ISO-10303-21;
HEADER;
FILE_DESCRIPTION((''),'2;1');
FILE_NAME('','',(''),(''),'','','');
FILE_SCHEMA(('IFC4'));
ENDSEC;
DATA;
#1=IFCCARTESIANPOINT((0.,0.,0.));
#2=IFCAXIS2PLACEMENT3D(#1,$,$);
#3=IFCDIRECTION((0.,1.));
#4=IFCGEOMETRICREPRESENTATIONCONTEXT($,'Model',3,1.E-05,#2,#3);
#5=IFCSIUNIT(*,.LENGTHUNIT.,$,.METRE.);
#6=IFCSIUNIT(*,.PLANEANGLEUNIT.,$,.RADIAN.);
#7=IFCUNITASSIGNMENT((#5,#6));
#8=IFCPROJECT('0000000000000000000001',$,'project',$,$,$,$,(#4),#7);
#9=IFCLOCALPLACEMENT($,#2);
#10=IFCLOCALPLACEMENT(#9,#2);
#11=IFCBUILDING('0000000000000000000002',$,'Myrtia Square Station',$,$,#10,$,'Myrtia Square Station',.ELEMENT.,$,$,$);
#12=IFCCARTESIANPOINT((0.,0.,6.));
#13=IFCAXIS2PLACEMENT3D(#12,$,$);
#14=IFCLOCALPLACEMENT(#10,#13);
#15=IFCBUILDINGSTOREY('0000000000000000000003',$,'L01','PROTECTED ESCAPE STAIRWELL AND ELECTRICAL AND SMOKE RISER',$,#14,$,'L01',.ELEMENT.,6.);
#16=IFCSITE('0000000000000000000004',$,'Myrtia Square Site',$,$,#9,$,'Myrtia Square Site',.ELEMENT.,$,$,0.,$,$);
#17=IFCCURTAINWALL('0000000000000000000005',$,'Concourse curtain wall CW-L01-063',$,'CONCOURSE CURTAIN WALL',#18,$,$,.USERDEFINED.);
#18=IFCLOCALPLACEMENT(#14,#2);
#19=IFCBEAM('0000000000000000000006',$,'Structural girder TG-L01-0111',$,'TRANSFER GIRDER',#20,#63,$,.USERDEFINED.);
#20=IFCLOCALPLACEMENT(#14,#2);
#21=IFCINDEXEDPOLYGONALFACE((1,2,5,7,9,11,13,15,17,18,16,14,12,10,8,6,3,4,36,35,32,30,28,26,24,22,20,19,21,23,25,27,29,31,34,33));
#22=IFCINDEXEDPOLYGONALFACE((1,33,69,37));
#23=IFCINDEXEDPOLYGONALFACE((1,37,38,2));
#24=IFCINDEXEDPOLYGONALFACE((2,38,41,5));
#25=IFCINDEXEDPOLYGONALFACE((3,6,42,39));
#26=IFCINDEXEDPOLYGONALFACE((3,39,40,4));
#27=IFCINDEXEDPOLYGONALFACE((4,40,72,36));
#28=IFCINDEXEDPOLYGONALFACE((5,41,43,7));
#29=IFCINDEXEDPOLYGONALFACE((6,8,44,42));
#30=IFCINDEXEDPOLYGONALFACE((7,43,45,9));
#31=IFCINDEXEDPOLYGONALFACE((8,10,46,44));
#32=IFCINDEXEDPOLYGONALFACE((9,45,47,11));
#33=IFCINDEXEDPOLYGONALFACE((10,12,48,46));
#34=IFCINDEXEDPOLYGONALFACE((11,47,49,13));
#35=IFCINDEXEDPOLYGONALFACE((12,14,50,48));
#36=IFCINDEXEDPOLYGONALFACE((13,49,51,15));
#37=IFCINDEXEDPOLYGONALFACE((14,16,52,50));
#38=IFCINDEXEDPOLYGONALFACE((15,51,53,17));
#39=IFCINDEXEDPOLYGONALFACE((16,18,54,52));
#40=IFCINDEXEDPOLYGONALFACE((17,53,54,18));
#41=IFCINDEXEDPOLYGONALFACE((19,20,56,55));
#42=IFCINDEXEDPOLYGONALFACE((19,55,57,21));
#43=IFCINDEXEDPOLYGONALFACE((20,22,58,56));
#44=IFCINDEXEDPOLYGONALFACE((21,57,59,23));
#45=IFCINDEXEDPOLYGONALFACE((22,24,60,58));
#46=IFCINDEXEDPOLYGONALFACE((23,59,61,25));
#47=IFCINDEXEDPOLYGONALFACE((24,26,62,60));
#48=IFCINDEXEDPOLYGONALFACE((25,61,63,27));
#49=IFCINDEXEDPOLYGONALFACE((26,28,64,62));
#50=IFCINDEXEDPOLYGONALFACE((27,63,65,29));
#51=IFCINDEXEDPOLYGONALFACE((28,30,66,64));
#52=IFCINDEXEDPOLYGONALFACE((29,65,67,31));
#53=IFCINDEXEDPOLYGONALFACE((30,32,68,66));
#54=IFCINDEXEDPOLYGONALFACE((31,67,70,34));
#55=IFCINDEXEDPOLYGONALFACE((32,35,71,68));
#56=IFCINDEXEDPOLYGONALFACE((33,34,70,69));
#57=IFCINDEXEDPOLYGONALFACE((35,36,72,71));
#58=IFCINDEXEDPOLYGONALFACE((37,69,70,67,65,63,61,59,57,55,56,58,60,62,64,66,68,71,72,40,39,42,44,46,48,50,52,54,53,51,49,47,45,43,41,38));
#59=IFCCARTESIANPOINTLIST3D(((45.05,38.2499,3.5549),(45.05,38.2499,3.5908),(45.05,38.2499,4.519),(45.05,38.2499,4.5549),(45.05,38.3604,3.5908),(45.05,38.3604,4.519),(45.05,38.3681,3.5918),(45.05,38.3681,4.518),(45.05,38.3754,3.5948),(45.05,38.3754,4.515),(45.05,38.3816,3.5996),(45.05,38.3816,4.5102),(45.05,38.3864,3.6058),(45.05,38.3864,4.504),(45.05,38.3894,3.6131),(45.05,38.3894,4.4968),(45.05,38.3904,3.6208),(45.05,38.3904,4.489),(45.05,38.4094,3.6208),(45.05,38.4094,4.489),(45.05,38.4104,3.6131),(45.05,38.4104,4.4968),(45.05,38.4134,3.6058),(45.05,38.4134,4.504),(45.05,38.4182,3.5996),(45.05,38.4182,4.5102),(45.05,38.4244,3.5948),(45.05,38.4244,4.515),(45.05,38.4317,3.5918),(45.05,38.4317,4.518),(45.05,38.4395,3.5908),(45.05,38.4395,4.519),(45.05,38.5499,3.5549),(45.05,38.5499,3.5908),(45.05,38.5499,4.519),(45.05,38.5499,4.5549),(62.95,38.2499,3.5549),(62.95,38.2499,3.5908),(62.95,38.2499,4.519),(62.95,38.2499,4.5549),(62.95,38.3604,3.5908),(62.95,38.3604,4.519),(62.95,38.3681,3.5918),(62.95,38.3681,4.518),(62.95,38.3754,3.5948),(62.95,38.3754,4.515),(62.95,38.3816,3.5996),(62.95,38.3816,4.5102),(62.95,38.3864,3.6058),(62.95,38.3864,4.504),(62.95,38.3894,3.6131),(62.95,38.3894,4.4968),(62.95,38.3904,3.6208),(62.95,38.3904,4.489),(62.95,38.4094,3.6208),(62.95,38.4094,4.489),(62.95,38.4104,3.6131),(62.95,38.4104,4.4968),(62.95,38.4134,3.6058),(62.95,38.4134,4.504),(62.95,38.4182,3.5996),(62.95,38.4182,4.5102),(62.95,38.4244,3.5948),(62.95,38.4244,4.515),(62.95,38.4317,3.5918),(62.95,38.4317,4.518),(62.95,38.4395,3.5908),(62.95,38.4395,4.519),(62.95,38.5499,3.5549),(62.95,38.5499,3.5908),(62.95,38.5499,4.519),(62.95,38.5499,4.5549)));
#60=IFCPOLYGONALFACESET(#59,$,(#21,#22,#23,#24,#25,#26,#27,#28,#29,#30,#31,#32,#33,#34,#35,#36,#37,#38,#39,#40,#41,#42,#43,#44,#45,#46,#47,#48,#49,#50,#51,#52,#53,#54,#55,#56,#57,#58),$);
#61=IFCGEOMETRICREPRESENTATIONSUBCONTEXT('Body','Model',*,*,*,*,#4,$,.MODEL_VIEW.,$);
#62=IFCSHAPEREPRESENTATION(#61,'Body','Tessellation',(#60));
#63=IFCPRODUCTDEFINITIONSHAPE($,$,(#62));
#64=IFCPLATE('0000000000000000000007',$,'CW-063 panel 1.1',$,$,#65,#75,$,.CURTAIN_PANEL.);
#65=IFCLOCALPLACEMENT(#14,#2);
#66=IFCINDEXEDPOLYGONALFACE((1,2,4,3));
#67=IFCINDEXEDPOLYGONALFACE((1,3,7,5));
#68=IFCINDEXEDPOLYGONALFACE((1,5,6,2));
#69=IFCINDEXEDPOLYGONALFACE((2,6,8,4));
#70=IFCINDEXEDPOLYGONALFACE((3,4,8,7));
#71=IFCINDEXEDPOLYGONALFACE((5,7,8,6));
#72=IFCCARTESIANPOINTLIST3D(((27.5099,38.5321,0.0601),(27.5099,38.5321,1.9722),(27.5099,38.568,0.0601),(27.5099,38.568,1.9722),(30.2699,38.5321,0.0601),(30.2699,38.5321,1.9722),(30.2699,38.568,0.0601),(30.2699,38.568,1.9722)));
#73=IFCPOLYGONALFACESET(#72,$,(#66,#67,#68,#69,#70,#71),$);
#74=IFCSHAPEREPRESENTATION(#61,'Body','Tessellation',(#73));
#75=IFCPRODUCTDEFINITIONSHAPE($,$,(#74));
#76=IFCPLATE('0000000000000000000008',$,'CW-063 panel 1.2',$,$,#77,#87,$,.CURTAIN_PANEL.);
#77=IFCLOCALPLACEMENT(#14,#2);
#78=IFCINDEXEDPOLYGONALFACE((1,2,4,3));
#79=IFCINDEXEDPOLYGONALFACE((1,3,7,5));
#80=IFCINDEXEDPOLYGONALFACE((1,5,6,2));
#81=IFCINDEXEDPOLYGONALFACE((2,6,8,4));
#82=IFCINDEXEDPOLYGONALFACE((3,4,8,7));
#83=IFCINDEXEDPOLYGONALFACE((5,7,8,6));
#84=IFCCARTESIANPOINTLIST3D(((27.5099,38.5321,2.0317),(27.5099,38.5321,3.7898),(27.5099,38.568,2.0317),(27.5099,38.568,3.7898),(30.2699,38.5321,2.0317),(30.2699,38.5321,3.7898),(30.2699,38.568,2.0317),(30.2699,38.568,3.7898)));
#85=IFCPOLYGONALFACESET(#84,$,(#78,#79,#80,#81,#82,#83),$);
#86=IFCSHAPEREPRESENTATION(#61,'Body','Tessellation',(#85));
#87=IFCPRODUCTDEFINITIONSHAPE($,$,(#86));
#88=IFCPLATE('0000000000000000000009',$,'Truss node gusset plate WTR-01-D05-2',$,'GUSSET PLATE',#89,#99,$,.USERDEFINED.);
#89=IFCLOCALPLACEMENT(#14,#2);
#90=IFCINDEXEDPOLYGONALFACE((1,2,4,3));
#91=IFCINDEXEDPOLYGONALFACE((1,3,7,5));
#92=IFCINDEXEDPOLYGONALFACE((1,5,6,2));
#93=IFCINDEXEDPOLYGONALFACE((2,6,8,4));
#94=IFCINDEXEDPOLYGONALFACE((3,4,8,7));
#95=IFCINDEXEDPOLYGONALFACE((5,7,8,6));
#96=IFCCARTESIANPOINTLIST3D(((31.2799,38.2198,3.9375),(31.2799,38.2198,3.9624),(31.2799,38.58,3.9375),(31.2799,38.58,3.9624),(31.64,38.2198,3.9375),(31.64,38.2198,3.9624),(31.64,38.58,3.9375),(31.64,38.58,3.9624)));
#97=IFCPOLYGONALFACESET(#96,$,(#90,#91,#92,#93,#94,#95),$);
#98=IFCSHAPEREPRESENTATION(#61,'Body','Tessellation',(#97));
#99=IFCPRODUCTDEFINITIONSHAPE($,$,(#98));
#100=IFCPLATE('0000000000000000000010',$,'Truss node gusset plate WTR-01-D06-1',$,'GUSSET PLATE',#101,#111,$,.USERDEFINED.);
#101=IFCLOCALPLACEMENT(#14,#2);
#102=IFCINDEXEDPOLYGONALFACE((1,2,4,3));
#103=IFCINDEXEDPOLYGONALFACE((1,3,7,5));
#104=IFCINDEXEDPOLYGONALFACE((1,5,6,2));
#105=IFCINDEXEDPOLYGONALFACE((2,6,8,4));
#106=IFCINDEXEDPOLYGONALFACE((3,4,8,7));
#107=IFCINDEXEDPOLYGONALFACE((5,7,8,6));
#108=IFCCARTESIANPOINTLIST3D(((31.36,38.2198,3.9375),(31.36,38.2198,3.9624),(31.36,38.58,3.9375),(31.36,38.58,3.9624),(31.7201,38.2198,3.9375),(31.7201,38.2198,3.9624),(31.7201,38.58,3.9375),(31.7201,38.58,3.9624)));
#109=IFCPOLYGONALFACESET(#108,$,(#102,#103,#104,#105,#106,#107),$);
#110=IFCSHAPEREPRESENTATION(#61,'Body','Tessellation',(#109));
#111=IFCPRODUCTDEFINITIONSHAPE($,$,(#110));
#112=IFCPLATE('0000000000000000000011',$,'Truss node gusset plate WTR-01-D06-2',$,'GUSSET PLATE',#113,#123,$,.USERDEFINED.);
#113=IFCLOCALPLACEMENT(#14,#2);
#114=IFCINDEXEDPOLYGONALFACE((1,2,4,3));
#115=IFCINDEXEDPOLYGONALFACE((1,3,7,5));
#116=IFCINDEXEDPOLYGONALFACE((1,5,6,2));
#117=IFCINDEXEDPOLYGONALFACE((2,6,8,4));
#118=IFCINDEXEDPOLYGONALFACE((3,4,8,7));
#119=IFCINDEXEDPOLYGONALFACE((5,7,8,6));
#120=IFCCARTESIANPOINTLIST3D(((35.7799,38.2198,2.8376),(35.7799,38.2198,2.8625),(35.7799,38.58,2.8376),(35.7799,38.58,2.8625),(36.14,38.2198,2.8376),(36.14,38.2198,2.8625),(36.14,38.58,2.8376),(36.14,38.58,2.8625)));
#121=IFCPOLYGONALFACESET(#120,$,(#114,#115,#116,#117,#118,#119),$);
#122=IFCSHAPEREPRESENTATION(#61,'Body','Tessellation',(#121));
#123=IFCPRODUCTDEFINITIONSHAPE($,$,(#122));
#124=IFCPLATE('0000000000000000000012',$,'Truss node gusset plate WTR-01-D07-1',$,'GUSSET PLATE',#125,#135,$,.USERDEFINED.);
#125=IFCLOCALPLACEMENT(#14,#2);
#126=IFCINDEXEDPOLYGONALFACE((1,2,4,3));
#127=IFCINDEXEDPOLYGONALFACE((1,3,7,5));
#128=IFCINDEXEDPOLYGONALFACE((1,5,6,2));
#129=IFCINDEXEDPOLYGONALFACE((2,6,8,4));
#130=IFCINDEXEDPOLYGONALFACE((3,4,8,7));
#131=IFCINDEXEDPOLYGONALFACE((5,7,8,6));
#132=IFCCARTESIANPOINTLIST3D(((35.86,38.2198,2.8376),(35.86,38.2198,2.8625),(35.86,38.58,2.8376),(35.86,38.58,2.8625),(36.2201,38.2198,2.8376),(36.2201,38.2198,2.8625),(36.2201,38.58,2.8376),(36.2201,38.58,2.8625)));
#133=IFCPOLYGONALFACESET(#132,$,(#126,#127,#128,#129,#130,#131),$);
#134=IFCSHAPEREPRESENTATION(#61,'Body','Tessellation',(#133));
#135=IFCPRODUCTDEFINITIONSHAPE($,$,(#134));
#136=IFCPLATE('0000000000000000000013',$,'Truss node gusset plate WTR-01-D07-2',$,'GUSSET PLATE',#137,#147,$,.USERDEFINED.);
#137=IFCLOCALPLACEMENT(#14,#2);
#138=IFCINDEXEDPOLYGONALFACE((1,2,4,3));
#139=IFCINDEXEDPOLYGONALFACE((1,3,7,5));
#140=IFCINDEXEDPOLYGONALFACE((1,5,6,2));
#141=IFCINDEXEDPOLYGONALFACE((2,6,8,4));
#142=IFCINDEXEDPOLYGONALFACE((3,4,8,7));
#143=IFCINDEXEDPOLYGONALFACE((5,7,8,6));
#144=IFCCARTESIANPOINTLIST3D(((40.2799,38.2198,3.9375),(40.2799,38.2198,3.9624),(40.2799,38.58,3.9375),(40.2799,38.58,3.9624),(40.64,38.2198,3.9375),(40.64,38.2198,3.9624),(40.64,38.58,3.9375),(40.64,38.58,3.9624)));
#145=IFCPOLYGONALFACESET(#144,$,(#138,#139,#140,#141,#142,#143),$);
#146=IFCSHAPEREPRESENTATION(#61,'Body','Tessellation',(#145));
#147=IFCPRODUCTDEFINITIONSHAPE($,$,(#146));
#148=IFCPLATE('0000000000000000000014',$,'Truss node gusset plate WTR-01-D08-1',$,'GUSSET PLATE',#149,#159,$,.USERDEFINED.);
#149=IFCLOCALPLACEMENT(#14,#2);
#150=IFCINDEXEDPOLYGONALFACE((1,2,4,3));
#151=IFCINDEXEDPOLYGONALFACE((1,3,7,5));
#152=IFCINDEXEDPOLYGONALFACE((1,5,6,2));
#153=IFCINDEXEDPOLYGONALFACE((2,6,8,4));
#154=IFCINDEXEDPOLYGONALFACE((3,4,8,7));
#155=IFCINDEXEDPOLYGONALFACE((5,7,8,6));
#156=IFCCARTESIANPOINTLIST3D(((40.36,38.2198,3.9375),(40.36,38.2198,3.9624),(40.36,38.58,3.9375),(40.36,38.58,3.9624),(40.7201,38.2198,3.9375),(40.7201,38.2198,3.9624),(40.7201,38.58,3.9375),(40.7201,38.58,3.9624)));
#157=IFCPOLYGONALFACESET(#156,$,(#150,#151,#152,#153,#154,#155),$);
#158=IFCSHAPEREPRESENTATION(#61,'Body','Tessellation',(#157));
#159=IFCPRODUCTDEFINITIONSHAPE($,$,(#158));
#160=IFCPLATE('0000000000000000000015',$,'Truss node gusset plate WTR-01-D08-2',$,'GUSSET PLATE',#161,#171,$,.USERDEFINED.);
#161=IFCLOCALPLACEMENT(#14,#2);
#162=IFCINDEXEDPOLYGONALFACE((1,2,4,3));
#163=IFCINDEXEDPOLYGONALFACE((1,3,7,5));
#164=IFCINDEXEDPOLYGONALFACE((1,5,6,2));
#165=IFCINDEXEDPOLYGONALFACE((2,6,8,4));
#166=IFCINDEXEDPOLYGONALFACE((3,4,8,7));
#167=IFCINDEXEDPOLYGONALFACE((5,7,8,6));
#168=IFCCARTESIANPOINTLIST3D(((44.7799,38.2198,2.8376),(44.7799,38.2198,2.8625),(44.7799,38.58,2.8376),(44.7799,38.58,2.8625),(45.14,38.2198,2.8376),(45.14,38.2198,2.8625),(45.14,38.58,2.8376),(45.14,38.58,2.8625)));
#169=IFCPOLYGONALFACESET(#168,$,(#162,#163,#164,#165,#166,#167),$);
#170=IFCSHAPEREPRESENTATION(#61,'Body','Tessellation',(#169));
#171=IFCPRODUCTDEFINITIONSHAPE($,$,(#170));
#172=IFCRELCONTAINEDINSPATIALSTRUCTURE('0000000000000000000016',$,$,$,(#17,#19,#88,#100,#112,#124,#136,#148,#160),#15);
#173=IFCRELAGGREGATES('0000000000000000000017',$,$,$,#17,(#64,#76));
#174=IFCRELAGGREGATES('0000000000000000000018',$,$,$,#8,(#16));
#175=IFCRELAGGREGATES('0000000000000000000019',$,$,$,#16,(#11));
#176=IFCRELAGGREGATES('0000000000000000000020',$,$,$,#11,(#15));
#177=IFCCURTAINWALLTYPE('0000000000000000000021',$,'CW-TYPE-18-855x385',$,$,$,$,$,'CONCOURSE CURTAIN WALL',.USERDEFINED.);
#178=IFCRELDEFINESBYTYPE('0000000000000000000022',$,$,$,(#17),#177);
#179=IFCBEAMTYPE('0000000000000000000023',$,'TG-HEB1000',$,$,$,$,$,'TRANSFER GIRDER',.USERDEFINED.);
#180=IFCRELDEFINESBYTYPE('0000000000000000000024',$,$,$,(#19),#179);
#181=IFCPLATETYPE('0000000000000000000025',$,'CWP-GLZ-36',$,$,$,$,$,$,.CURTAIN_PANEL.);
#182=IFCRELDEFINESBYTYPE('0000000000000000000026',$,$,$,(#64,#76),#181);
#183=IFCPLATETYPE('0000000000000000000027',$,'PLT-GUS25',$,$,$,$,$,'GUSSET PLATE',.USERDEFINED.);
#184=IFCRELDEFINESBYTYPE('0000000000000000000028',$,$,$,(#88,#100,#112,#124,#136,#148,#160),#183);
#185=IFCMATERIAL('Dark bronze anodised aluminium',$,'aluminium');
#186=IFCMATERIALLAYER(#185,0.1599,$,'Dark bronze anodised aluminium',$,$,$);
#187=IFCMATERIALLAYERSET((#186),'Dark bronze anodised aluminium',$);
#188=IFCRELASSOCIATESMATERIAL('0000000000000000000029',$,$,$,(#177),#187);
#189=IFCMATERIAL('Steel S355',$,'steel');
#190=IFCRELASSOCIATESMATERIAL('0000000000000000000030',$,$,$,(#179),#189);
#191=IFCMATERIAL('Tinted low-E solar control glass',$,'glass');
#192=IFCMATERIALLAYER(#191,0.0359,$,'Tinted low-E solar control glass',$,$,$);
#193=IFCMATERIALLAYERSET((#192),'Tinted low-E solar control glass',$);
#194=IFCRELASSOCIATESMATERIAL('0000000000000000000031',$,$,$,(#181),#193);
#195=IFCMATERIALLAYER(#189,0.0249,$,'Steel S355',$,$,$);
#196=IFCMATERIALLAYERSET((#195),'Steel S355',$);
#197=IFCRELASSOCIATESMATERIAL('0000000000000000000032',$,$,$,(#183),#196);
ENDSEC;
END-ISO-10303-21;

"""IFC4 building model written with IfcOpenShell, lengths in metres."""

from ifc_helpers import new_model, si_unit, direction, frame, origin, origin_2d, place, context, subcontext, project, spatial, rectangle, i_section, extrude, material, layer, layer_set, material_profile, profile_set, type_object, element, aggregate, save


model = new_model("IFC4")

# Units and contexts
model_context = context("Model", 3, precision=1e-05, world=origin(), true_north=direction((0.0, 1.0)))
body_context = subcontext(model_context, "Body", "Model", "MODEL_VIEW")
ifc_project = project(units=[si_unit("LENGTHUNIT", "METRE"), si_unit("PLANEANGLEUNIT", "RADIAN")], contexts=[model_context])

# Site, building, storey
site_placement = place(None, origin())
site = spatial("IfcSite", under=ifc_project, at=site_placement, Name="Myrtia Square Site", LongName="Myrtia Square Site", CompositionType="ELEMENT", RefElevation=0.0)
building_placement = place(site_placement, origin())
building = spatial("IfcBuilding", under=site, at=building_placement, Name="Myrtia Square Station", LongName="Myrtia Square Station", CompositionType="ELEMENT")
storey_placement = place(building_placement, frame((0.0, 0.0, 6.0)))
storey = spatial("IfcBuildingStorey", under=building, at=storey_placement, Name="L01", Description="PROTECTED ESCAPE STAIRWELL AND ELECTRICAL AND SMOKE RISER", LongName="L01", CompositionType="ELEMENT", Elevation=6.0)

# Shared definitions
ifc_material_1 = material(Name="Steel S355", Category="steel")

# Curtain wall
ifc_material_2 = material(Name="Dark bronze anodised aluminium", Category="aluminium")
ifc_layer_1 = layer(ifc_material_2, 0.1599, Name="Dark bronze anodised aluminium")
ifc_layer_set_1 = layer_set([ifc_layer_1], Name="Dark bronze anodised aluminium")
curtain_wall_type = type_object("IfcCurtainWallType", Name="CW-TYPE-18-855x385", ElementType="CONCOURSE CURTAIN WALL", PredefinedType="USERDEFINED", material=ifc_layer_set_1)
curtain_wall_placement = place(storey_placement, origin())
curtain_wall = element("IfcCurtainWall", 1, at=curtain_wall_placement, inside=storey, type_object=curtain_wall_type, Name="Concourse curtain wall CW-L01-063", ObjectType="CONCOURSE CURTAIN WALL", PredefinedType="USERDEFINED")

# Beam
ifc_material_profile_1 = material_profile(ifc_material_1, i_section(OverallWidth=0.3, OverallDepth=1.0, WebThickness=0.019, FlangeThickness=0.0359, FilletRadius=0.03, at=origin_2d()), Name="HEB 1000")
ifc_profile_set_1 = profile_set([ifc_material_profile_1], Name="Steel S355")
beam_type_1 = type_object("IfcBeamType", Name="TG-HEB1000", ElementType="TRANSFER GIRDER", PredefinedType="USERDEFINED", material=ifc_profile_set_1)
beam_placement = place(storey_placement, frame((45.05, 38.3999, 4.0549), z_axis=(1.0, 0.0, 0.0), x_axis=(0.0, 1.0, 0.0)))
element("IfcBeam", 2, at=beam_placement, inside=storey, type_object=beam_type_1, Name="Structural girder TG-L01-0111", ObjectType="TRANSFER GIRDER", PredefinedType="USERDEFINED", context=body_context, shape_type="SweptSolid", body=[
    extrude(i_section(OverallWidth=0.3, OverallDepth=1.0, WebThickness=0.019, FlangeThickness=0.0359, FilletRadius=0.03, at=origin_2d()), origin(), (0.0, 0.0, 1.0), 17.8999),
])

# Plates
ifc_material_3 = material(Name="Tinted low-E solar control glass", Category="glass")
ifc_layer_2 = layer(ifc_material_3, 0.0359, Name="Tinted low-E solar control glass")
ifc_layer_set_2 = layer_set([ifc_layer_2], Name="Tinted low-E solar control glass")
plate_type_1 = type_object("IfcPlateType", Name="CWP-GLZ-36", PredefinedType="CURTAIN_PANEL", material=ifc_layer_set_2)
plate_1_placement = place(storey_placement, frame((28.8899, 38.55, 0.0601), z_axis=(0.0, 0.0, 1.0), x_axis=(1.0, 0.0, 0.0)))
plate_1 = element("IfcPlate", 3, at=plate_1_placement, type_object=plate_type_1, Name="CW-063 panel 1.1", PredefinedType="CURTAIN_PANEL", context=body_context, shape_type="SweptSolid", body=[
    extrude(rectangle(XDim=2.76, YDim=0.0359, at=origin_2d()), origin(), (0.0, 0.0, 1.0), 1.9121),
])
plate_2_placement = place(storey_placement, frame((28.8899, 38.55, 2.0317), z_axis=(0.0, 0.0, 1.0), x_axis=(1.0, 0.0, 0.0)))
plate_2 = element("IfcPlate", 4, at=plate_2_placement, type_object=plate_type_1, Name="CW-063 panel 1.2", PredefinedType="CURTAIN_PANEL", context=body_context, shape_type="SweptSolid", body=[
    extrude(rectangle(XDim=2.76, YDim=0.0359, at=origin_2d()), origin(), (0.0, 0.0, 1.0), 1.7581),
])
aggregate(curtain_wall, [plate_1, plate_2])

# Plates
ifc_layer_3 = layer(ifc_material_1, 0.0249, Name="Steel S355")
ifc_layer_set_3 = layer_set([ifc_layer_3], Name="Steel S355")
plate_type_2 = type_object("IfcPlateType", Name="PLT-GUS25", ElementType="GUSSET PLATE", PredefinedType="USERDEFINED", material=ifc_layer_set_3)
for number, where, z_axis, x_axis, name in (
    (5, (31.46, 38.3999, 3.9375), (0.0, 0.0, 1.0), (1.0, 0.0, 0.0), "Truss node gusset plate WTR-01-D05-2"),
    (6, (31.54, 38.3999, 3.9375), (0.0, 0.0, 1.0), (1.0, 0.0, 0.0), "Truss node gusset plate WTR-01-D06-1"),
    (7, (35.96, 38.3999, 2.8376), (0.0, 0.0, 1.0), (1.0, 0.0, 0.0), "Truss node gusset plate WTR-01-D06-2"),
    (8, (36.04, 38.3999, 2.8376), (0.0, 0.0, 1.0), (1.0, 0.0, 0.0), "Truss node gusset plate WTR-01-D07-1"),
    (9, (40.46, 38.3999, 3.9375), (0.0, 0.0, 1.0), (1.0, 0.0, 0.0), "Truss node gusset plate WTR-01-D07-2"),
    (10, (40.54, 38.3999, 3.9375), (0.0, 0.0, 1.0), (1.0, 0.0, 0.0), "Truss node gusset plate WTR-01-D08-1"),
    (11, (44.96, 38.3999, 2.8376), (0.0, 0.0, 1.0), (1.0, 0.0, 0.0), "Truss node gusset plate WTR-01-D08-2"),
):
    element("IfcPlate", number, at=place(storey_placement, frame(where, z_axis=z_axis, x_axis=x_axis)), inside=storey, type_object=plate_type_2, Name=name, ObjectType="GUSSET PLATE", PredefinedType="USERDEFINED", context=body_context, shape_type="SweptSolid", body=[
        extrude(rectangle(XDim=0.3601, YDim=0.3601, at=origin_2d()), origin(), (0.0, 0.0, 1.0), 0.0249),
    ])

save(model, "model.ifc")
